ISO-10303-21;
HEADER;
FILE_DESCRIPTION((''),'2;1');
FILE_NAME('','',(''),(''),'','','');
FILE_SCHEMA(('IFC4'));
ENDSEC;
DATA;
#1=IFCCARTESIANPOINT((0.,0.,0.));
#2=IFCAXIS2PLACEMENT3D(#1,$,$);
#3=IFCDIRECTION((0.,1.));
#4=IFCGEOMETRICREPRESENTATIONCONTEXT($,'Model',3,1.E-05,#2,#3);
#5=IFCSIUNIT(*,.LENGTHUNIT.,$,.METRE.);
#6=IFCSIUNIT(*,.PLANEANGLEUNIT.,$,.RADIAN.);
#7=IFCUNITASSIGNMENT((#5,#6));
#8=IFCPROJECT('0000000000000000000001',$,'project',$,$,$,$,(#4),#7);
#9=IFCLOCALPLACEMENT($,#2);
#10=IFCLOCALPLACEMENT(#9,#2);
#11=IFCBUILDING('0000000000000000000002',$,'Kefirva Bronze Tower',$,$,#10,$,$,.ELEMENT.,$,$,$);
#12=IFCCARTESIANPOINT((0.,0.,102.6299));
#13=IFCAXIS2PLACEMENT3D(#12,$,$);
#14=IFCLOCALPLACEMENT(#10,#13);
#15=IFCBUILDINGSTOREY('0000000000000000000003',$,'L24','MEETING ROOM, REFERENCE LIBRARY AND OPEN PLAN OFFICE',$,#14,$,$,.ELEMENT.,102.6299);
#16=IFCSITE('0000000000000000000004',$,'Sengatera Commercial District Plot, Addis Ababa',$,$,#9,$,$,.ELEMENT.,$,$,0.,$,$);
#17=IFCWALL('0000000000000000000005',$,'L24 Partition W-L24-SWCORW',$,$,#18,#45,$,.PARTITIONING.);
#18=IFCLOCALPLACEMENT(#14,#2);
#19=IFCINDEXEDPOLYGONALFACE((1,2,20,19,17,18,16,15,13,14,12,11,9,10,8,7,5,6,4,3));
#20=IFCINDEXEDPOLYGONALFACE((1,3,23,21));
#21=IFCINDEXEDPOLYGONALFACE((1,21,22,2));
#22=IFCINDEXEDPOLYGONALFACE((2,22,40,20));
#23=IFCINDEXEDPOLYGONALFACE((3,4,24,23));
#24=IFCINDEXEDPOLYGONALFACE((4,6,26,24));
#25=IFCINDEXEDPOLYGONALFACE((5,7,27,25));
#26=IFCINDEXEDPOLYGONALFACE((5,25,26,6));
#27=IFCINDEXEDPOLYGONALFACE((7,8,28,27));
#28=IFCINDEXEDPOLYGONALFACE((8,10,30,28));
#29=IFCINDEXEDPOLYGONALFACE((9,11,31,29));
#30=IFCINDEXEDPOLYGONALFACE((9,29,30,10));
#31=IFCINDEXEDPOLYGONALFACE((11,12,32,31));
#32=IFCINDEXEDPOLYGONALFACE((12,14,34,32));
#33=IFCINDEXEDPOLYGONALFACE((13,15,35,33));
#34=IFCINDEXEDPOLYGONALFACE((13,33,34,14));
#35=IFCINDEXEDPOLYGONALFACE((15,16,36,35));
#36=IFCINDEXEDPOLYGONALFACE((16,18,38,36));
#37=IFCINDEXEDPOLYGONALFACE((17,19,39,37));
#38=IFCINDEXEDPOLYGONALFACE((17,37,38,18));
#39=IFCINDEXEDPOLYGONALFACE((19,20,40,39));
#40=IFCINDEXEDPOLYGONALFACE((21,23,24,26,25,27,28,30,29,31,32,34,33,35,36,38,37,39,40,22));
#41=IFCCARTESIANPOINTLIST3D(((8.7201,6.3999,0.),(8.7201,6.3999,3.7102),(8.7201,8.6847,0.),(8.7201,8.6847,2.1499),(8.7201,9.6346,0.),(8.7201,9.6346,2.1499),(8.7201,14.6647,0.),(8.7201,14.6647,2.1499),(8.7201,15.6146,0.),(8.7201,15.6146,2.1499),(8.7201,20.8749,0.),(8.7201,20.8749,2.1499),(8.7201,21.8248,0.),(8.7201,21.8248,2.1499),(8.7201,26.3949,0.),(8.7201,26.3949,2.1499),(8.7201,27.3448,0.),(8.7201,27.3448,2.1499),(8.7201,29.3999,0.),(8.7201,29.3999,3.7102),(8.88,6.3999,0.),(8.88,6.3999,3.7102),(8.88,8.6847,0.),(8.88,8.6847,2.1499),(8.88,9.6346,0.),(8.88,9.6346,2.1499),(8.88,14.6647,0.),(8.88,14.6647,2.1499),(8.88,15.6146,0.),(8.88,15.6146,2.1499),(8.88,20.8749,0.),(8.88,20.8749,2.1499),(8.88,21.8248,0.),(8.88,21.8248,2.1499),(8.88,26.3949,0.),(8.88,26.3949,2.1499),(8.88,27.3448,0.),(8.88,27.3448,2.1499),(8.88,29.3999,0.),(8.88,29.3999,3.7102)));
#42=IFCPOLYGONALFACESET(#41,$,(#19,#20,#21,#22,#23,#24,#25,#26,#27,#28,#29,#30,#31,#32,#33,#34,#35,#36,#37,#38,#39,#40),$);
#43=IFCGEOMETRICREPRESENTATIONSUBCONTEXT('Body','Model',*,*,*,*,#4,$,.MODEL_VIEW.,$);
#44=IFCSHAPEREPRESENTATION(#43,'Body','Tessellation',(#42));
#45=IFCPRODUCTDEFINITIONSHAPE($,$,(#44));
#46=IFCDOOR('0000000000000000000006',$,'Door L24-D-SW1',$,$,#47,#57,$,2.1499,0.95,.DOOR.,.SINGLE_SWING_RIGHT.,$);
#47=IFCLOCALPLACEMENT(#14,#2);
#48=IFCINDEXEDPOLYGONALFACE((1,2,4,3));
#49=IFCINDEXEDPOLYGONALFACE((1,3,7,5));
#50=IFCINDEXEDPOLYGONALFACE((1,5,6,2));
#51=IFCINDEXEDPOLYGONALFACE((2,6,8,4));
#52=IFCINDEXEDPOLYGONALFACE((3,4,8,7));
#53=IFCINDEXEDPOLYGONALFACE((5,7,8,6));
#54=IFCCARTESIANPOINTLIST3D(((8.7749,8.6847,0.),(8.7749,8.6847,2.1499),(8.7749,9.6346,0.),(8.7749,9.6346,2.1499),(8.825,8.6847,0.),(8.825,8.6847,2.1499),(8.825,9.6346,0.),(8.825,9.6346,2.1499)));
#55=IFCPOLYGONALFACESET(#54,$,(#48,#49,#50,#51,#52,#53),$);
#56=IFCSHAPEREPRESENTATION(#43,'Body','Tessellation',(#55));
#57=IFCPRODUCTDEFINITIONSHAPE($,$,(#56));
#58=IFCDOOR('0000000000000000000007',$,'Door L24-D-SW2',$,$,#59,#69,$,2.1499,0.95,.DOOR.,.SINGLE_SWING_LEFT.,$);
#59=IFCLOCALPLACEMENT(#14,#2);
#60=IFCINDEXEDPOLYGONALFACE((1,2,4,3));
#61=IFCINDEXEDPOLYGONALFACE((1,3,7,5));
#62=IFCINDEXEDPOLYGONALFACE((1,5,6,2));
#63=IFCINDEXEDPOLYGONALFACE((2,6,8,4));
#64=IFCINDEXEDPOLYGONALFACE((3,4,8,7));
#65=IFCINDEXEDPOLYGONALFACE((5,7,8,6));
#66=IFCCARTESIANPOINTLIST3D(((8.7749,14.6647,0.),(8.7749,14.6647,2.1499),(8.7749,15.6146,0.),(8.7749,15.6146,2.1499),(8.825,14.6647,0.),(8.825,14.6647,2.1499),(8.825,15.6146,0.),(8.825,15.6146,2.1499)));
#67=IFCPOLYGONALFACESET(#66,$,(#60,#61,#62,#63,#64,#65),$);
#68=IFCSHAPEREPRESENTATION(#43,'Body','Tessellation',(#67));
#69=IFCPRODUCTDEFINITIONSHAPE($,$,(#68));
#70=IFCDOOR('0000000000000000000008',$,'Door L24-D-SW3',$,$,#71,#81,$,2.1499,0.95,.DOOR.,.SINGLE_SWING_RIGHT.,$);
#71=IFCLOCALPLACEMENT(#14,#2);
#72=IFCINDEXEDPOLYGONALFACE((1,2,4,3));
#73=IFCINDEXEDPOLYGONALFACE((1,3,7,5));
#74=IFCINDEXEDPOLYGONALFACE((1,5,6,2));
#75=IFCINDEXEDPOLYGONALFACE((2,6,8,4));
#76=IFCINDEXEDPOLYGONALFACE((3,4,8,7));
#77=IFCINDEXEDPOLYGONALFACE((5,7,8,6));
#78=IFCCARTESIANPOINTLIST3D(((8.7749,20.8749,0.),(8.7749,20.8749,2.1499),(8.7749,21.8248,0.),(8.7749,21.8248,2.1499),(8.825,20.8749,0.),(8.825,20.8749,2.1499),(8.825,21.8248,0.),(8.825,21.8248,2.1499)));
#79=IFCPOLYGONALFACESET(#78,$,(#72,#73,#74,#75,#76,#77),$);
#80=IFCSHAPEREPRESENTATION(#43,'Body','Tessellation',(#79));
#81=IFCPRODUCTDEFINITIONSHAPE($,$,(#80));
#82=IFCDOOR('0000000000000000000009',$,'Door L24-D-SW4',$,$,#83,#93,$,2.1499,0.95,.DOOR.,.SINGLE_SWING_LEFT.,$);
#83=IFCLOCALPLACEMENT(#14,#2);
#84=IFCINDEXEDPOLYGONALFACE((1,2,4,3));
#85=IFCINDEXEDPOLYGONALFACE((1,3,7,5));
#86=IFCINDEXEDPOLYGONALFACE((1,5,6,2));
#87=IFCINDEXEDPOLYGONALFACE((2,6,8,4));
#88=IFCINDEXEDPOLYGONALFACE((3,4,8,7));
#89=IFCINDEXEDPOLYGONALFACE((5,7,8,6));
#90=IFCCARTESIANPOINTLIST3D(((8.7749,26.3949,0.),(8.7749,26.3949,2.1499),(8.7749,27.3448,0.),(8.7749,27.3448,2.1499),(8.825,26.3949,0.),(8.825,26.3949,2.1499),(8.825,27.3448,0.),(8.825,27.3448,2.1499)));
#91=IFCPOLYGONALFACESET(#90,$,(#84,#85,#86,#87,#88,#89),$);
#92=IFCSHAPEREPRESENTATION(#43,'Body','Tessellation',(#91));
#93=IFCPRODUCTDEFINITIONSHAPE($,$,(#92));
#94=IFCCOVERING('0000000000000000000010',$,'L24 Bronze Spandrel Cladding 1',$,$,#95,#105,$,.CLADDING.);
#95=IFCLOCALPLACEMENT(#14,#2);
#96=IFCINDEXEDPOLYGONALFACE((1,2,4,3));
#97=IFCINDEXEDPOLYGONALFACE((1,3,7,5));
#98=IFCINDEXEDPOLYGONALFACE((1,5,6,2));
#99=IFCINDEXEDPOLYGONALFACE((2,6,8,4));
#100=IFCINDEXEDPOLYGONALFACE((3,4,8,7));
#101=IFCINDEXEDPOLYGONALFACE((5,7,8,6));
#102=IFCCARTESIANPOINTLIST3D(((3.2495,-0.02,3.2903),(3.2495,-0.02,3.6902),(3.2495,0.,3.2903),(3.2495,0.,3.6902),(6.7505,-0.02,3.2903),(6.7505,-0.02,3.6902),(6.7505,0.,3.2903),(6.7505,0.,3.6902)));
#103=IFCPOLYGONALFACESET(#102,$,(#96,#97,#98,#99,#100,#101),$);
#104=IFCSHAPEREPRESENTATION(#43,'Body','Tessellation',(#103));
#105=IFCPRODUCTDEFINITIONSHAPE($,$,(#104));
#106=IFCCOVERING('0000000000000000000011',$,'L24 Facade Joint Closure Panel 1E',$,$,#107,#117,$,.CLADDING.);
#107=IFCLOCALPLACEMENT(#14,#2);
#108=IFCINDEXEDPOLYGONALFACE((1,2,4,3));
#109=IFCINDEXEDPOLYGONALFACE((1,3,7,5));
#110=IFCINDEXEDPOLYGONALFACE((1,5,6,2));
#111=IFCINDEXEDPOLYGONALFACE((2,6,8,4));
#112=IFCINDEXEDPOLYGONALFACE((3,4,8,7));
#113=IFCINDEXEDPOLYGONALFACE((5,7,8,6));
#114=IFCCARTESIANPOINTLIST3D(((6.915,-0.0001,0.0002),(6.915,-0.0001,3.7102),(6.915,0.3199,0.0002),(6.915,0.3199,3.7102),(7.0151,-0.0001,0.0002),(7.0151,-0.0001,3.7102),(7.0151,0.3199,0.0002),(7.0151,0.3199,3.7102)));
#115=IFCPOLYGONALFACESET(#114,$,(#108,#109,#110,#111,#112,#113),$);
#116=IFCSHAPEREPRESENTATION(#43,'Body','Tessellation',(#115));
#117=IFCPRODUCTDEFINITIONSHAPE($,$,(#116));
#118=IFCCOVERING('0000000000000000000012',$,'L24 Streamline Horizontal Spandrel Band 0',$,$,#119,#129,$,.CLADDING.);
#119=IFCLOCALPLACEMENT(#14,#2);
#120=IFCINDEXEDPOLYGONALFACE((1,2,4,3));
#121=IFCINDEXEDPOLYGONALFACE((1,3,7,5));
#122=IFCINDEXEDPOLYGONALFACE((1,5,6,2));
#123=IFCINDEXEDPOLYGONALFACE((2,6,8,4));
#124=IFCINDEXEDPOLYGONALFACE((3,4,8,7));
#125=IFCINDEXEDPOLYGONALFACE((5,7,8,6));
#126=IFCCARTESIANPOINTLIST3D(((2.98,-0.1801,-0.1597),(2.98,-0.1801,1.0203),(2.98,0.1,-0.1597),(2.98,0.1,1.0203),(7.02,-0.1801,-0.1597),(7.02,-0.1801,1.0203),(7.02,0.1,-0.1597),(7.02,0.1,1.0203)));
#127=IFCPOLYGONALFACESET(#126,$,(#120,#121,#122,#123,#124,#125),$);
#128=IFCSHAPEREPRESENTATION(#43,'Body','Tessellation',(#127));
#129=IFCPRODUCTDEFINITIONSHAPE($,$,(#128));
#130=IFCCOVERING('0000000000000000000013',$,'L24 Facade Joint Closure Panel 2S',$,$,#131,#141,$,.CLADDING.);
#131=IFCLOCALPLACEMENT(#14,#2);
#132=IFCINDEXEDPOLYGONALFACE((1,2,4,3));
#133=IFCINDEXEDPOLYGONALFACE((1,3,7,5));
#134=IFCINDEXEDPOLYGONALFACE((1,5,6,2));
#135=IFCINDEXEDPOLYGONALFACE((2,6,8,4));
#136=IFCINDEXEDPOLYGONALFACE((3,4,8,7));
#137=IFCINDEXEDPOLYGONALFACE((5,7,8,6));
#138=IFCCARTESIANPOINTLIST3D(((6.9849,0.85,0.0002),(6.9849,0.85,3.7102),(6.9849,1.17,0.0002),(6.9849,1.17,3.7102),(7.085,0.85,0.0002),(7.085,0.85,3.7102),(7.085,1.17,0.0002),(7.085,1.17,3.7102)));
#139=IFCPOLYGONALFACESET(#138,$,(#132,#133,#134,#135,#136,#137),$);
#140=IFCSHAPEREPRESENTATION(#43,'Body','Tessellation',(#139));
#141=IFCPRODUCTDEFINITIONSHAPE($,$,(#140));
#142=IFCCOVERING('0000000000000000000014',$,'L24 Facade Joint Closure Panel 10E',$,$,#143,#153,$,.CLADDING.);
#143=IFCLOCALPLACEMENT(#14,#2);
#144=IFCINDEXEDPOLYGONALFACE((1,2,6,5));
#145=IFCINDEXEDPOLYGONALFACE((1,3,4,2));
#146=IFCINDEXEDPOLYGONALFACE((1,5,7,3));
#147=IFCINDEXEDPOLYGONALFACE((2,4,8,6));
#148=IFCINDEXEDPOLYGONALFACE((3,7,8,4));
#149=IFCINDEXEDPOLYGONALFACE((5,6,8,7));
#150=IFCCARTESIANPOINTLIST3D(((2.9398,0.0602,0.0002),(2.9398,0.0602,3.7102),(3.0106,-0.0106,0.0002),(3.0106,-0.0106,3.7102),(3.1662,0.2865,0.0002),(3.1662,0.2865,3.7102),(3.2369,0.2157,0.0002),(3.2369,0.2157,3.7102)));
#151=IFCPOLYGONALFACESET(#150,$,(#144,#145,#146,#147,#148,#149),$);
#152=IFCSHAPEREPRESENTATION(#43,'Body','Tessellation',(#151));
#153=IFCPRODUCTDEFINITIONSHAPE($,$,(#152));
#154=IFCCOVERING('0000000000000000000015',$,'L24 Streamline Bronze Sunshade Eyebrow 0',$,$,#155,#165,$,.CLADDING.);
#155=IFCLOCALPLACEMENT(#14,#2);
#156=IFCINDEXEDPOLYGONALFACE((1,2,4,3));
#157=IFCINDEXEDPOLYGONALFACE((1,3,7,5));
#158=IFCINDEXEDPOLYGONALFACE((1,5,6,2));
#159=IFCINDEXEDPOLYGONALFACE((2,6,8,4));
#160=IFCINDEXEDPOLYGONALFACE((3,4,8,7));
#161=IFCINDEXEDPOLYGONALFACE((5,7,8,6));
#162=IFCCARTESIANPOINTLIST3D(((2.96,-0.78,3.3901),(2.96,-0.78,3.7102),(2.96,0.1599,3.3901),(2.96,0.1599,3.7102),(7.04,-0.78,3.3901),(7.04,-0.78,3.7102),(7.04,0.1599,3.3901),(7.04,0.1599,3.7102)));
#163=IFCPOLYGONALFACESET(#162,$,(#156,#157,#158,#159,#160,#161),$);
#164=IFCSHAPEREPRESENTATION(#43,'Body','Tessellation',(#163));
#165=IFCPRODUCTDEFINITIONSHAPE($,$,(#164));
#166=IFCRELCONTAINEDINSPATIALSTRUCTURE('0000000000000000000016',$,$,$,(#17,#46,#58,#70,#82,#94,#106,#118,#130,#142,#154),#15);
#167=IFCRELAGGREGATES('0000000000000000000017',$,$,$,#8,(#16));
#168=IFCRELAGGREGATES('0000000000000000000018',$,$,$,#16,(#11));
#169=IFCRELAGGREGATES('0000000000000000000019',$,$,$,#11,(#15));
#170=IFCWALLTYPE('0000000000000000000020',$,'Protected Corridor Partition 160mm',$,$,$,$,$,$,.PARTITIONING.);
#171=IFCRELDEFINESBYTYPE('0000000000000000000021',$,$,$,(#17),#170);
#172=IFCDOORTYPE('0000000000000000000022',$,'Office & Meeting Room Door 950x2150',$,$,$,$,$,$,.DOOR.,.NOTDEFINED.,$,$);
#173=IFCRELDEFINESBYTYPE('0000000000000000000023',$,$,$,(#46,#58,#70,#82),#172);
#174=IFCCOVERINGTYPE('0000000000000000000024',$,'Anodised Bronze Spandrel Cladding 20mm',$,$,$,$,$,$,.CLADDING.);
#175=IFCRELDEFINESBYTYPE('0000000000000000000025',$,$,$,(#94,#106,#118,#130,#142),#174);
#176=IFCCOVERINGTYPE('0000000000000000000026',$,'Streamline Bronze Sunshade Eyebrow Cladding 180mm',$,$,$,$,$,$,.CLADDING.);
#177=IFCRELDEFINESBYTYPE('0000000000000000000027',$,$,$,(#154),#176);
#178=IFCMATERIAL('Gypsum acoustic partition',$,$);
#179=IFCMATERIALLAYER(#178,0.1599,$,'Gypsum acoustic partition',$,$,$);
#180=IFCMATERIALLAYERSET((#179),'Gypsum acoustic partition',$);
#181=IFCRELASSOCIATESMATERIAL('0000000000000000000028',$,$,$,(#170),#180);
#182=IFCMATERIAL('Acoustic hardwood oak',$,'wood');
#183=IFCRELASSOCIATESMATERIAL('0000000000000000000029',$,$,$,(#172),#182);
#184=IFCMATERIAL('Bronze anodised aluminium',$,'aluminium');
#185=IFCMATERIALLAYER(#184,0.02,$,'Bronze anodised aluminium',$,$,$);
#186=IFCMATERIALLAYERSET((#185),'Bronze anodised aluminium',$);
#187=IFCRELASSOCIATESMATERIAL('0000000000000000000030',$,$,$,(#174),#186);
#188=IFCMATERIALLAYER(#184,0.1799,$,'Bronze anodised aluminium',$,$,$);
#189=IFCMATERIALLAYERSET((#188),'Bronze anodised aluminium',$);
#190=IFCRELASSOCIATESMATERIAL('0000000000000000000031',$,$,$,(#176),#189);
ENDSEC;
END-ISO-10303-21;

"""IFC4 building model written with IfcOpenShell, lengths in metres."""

from ifc_helpers import new_model, si_unit, direction, frame, frame_2d, origin, origin_2d, place, context, subcontext, project, spatial, rectangle, extrude, material, layer, layer_set, type_object, element, fill, save


model = new_model("IFC4")

# Units and contexts
model_context = context("Model", 3, precision=1e-05, world=origin(), true_north=direction((0.0, 1.0)))
body_context = subcontext(model_context, "Body", "Model", "MODEL_VIEW")
ifc_project = project(units=[si_unit("LENGTHUNIT", "METRE"), si_unit("PLANEANGLEUNIT", "RADIAN")], contexts=[model_context])

# Site, building, storey
site_placement = place(None, origin())
site = spatial("IfcSite", under=ifc_project, at=site_placement, Name="Sengatera Commercial District Plot, Addis Ababa", CompositionType="ELEMENT", RefElevation=0.0)
building_placement = place(site_placement, origin())
building = spatial("IfcBuilding", under=site, at=building_placement, Name="Kefirva Bronze Tower", CompositionType="ELEMENT")
storey_placement = place(building_placement, frame((0.0, 0.0, 102.6299)))
storey = spatial("IfcBuildingStorey", under=building, at=storey_placement, Name="L24", Description="MEETING ROOM, REFERENCE LIBRARY AND OPEN PLAN OFFICE", CompositionType="ELEMENT", Elevation=102.6299)

# Shared definitions
ifc_material_1 = material(Name="Gypsum acoustic partition")

# Wall, openings, doors
ifc_layer_1 = layer(ifc_material_1, 0.1599, Name="Gypsum acoustic partition")
ifc_layer_set_1 = layer_set([ifc_layer_1], Name="Gypsum acoustic partition")
wall_type_1 = type_object("IfcWallType", Name="Protected Corridor Partition 160mm", PredefinedType="PARTITIONING", material=ifc_layer_set_1)
wall_1_placement = place(storey_placement, frame((8.8, 6.3999, 0.0), z_axis=(0.0, 0.0, 1.0), x_axis=(0.0, 1.0, 0.0)))
wall_1 = element("IfcWall", 1, at=wall_1_placement, inside=storey, type_object=wall_type_1, Name="L24 Partition W-L24-SWCORW", PredefinedType="PARTITIONING", context=body_context, shape_type="SweptSolid", body=[
    extrude(rectangle(XDim=23.0, YDim=0.1599, at=frame_2d((11.5, 0.0))), origin(), (0.0, 0.0, 1.0), 3.7102),
])
opening_1_placement = place(wall_1_placement, frame((3.2349, 0.0, 0.0), z_axis=(0.0, 0.0, 1.0), x_axis=(-1.0, 0.0, 0.0)))
opening_1 = element("IfcOpeningElement", 2, at=opening_1_placement, cuts=wall_1, PredefinedType="OPENING", context=body_context, shape_type="SweptSolid", body=[
    extrude(rectangle(XDim=0.95, YDim=2.1499, at=frame_2d((0.4751, 1.075))), frame((0.0, 0.0898, 0.0), z_axis=(0.0, -1.0, 0.0), x_axis=(1.0, 0.0, 0.0)), (0.0, 0.0, 1.0), 0.1799),
])
opening_2_placement = place(wall_1_placement, frame((9.2148, 0.0, 0.0), z_axis=(0.0, 0.0, 1.0), x_axis=(-1.0, 0.0, 0.0)))
opening_2 = element("IfcOpeningElement", 3, at=opening_2_placement, cuts=wall_1, PredefinedType="OPENING", context=body_context, shape_type="SweptSolid", body=[
    extrude(rectangle(XDim=0.95, YDim=2.1499, at=frame_2d((0.4751, 1.075))), frame((0.0, 0.0898, 0.0), z_axis=(0.0, -1.0, 0.0), x_axis=(1.0, 0.0, 0.0)), (0.0, 0.0, 1.0), 0.1799),
])
opening_3_placement = place(wall_1_placement, frame((15.425, 0.0, 0.0), z_axis=(0.0, 0.0, 1.0), x_axis=(-1.0, 0.0, 0.0)))
opening_3 = element("IfcOpeningElement", 4, at=opening_3_placement, cuts=wall_1, PredefinedType="OPENING", context=body_context, shape_type="SweptSolid", body=[
    extrude(rectangle(XDim=0.95, YDim=2.1499, at=frame_2d((0.4751, 1.075))), frame((0.0, 0.0898, 0.0), z_axis=(0.0, -1.0, 0.0), x_axis=(1.0, 0.0, 0.0)), (0.0, 0.0, 1.0), 0.1799),
])
opening_4_placement = place(wall_1_placement, frame((20.9451, 0.0, 0.0), z_axis=(0.0, 0.0, 1.0), x_axis=(-1.0, 0.0, 0.0)))
opening_4 = element("IfcOpeningElement", 5, at=opening_4_placement, cuts=wall_1, PredefinedType="OPENING", context=body_context, shape_type="SweptSolid", body=[
    extrude(rectangle(XDim=0.95, YDim=2.1499, at=frame_2d((0.4751, 1.075))), frame((0.0, 0.0898, 0.0), z_axis=(0.0, -1.0, 0.0), x_axis=(1.0, 0.0, 0.0)), (0.0, 0.0, 1.0), 0.1799),
])
ifc_material_2 = material(Name="Acoustic hardwood oak", Category="wood")
door_type = type_object("IfcDoorType", Name="Office & Meeting Room Door 950x2150", OperationType="NOTDEFINED", PredefinedType="DOOR", material=ifc_material_2)
door_1_placement = place(opening_1_placement, origin())
door_1 = element("IfcDoor", 6, at=door_1_placement, inside=storey, type_object=door_type, Name="Door L24-D-SW1", OperationType="SINGLE_SWING_RIGHT", OverallHeight=2.1499, OverallWidth=0.95, PredefinedType="DOOR", context=body_context, shape_type="SweptSolid", body=[
    extrude(rectangle(XDim=0.95, YDim=2.1499, at=frame_2d((0.4751, 1.075))), frame((0.0, 0.0249, 0.0), z_axis=(0.0, -1.0, 0.0), x_axis=(1.0, 0.0, 0.0)), (0.0, 0.0, 1.0), 0.05),
])
fill(opening_1, door_1)
door_2_placement = place(opening_2_placement, origin())
door_2 = element("IfcDoor", 7, at=door_2_placement, inside=storey, type_object=door_type, Name="Door L24-D-SW2", OperationType="SINGLE_SWING_LEFT", OverallHeight=2.1499, OverallWidth=0.95, PredefinedType="DOOR", context=body_context, shape_type="SweptSolid", body=[
    extrude(rectangle(XDim=0.95, YDim=2.1499, at=frame_2d((0.4751, 1.075))), frame((0.0, 0.0249, 0.0), z_axis=(0.0, -1.0, 0.0), x_axis=(1.0, 0.0, 0.0)), (0.0, 0.0, 1.0), 0.05),
])
fill(opening_2, door_2)
door_3_placement = place(opening_3_placement, origin())
door_3 = element("IfcDoor", 8, at=door_3_placement, inside=storey, type_object=door_type, Name="Door L24-D-SW3", OperationType="SINGLE_SWING_RIGHT", OverallHeight=2.1499, OverallWidth=0.95, PredefinedType="DOOR", context=body_context, shape_type="SweptSolid", body=[
    extrude(rectangle(XDim=0.95, YDim=2.1499, at=frame_2d((0.4751, 1.075))), frame((0.0, 0.0249, 0.0), z_axis=(0.0, -1.0, 0.0), x_axis=(1.0, 0.0, 0.0)), (0.0, 0.0, 1.0), 0.05),
])
fill(opening_3, door_3)
door_4_placement = place(opening_4_placement, origin())
door_4 = element("IfcDoor", 9, at=door_4_placement, inside=storey, type_object=door_type, Name="Door L24-D-SW4", OperationType="SINGLE_SWING_LEFT", OverallHeight=2.1499, OverallWidth=0.95, PredefinedType="DOOR", context=body_context, shape_type="SweptSolid", body=[
    extrude(rectangle(XDim=0.95, YDim=2.1499, at=frame_2d((0.4751, 1.075))), frame((0.0, 0.0249, 0.0), z_axis=(0.0, -1.0, 0.0), x_axis=(1.0, 0.0, 0.0)), (0.0, 0.0, 1.0), 0.05),
])
fill(opening_4, door_4)

# Coverings
ifc_material_3 = material(Name="Bronze anodised aluminium", Category="aluminium")
ifc_layer_2 = layer(ifc_material_3, 0.02, Name="Bronze anodised aluminium")
ifc_layer_set_2 = layer_set([ifc_layer_2], Name="Bronze anodised aluminium")
covering_type_1 = type_object("IfcCoveringType", Name="Anodised Bronze Spandrel Cladding 20mm", PredefinedType="CLADDING", material=ifc_layer_set_2)
covering_1_placement = place(storey_placement, frame((5.0, -0.01, 3.2903), z_axis=(0.0, 0.0, 1.0), x_axis=(1.0, 0.0, 0.0)))
element("IfcCovering", 10, at=covering_1_placement, inside=storey, type_object=covering_type_1, Name="L24 Bronze Spandrel Cladding 1", PredefinedType="CLADDING", context=body_context, shape_type="SweptSolid", body=[
    extrude(rectangle(XDim=3.501, YDim=0.02, at=origin_2d()), origin(), (0.0, 0.0, 1.0), 0.3999),
])
covering_2_placement = place(storey_placement, frame((6.9651, 0.1599, 0.0002), z_axis=(0.0, 0.0, 1.0), x_axis=(1.0, 0.0, 0.0)))
element("IfcCovering", 11, at=covering_2_placement, inside=storey, type_object=covering_type_1, Name="L24 Facade Joint Closure Panel 1E", PredefinedType="CLADDING", context=body_context, shape_type="SweptSolid", body=[
    extrude(rectangle(XDim=0.1001, YDim=0.3201, at=origin_2d()), origin(), (0.0, 0.0, 1.0), 3.71),
])
covering_3_placement = place(storey_placement, frame((5.0, -0.04, -0.1597), z_axis=(0.0, 0.0, 1.0), x_axis=(1.0, 0.0, 0.0)))
element("IfcCovering", 12, at=covering_3_placement, inside=storey, type_object=covering_type_1, Name="L24 Streamline Horizontal Spandrel Band 0", PredefinedType="CLADDING", context=body_context, shape_type="SweptSolid", body=[
    extrude(rectangle(XDim=4.04, YDim=0.28, at=origin_2d()), origin(), (0.0, 0.0, 1.0), 1.1799),
])
for number, where, z_axis, x_axis, name in (
    (13, (7.0349, 1.01, 0.0002), (0.0, 0.0, 1.0), (1.0, 0.0, 0.0), "L24 Facade Joint Closure Panel 2S"),
    (14, (3.0884, 0.1379, 0.0002), (0.0, 0.0, 1.0), (0.707107, -0.707107, 0.0), "L24 Facade Joint Closure Panel 10E"),
):
    element("IfcCovering", number, at=place(storey_placement, frame(where, z_axis=z_axis, x_axis=x_axis)), inside=storey, type_object=covering_type_1, Name=name, PredefinedType="CLADDING", context=body_context, shape_type="SweptSolid", body=[
        extrude(rectangle(XDim=0.1001, YDim=0.3201, at=origin_2d()), origin(), (0.0, 0.0, 1.0), 3.71),
    ])
ifc_layer_3 = layer(ifc_material_3, 0.1799, Name="Bronze anodised aluminium")
ifc_layer_set_3 = layer_set([ifc_layer_3], Name="Bronze anodised aluminium")
covering_type_2 = type_object("IfcCoveringType", Name="Streamline Bronze Sunshade Eyebrow Cladding 180mm", PredefinedType="CLADDING", material=ifc_layer_set_3)
covering_4_placement = place(storey_placement, frame((5.0, -0.3101, 3.3901), z_axis=(0.0, 0.0, 1.0), x_axis=(1.0, 0.0, 0.0)))
element("IfcCovering", 15, at=covering_4_placement, inside=storey, type_object=covering_type_2, Name="L24 Streamline Bronze Sunshade Eyebrow 0", PredefinedType="CLADDING", context=body_context, shape_type="SweptSolid", body=[
    extrude(rectangle(XDim=4.0801, YDim=0.9399, at=origin_2d()), origin(), (0.0, 0.0, 1.0), 0.3201),
])

save(model, "model.ifc")
